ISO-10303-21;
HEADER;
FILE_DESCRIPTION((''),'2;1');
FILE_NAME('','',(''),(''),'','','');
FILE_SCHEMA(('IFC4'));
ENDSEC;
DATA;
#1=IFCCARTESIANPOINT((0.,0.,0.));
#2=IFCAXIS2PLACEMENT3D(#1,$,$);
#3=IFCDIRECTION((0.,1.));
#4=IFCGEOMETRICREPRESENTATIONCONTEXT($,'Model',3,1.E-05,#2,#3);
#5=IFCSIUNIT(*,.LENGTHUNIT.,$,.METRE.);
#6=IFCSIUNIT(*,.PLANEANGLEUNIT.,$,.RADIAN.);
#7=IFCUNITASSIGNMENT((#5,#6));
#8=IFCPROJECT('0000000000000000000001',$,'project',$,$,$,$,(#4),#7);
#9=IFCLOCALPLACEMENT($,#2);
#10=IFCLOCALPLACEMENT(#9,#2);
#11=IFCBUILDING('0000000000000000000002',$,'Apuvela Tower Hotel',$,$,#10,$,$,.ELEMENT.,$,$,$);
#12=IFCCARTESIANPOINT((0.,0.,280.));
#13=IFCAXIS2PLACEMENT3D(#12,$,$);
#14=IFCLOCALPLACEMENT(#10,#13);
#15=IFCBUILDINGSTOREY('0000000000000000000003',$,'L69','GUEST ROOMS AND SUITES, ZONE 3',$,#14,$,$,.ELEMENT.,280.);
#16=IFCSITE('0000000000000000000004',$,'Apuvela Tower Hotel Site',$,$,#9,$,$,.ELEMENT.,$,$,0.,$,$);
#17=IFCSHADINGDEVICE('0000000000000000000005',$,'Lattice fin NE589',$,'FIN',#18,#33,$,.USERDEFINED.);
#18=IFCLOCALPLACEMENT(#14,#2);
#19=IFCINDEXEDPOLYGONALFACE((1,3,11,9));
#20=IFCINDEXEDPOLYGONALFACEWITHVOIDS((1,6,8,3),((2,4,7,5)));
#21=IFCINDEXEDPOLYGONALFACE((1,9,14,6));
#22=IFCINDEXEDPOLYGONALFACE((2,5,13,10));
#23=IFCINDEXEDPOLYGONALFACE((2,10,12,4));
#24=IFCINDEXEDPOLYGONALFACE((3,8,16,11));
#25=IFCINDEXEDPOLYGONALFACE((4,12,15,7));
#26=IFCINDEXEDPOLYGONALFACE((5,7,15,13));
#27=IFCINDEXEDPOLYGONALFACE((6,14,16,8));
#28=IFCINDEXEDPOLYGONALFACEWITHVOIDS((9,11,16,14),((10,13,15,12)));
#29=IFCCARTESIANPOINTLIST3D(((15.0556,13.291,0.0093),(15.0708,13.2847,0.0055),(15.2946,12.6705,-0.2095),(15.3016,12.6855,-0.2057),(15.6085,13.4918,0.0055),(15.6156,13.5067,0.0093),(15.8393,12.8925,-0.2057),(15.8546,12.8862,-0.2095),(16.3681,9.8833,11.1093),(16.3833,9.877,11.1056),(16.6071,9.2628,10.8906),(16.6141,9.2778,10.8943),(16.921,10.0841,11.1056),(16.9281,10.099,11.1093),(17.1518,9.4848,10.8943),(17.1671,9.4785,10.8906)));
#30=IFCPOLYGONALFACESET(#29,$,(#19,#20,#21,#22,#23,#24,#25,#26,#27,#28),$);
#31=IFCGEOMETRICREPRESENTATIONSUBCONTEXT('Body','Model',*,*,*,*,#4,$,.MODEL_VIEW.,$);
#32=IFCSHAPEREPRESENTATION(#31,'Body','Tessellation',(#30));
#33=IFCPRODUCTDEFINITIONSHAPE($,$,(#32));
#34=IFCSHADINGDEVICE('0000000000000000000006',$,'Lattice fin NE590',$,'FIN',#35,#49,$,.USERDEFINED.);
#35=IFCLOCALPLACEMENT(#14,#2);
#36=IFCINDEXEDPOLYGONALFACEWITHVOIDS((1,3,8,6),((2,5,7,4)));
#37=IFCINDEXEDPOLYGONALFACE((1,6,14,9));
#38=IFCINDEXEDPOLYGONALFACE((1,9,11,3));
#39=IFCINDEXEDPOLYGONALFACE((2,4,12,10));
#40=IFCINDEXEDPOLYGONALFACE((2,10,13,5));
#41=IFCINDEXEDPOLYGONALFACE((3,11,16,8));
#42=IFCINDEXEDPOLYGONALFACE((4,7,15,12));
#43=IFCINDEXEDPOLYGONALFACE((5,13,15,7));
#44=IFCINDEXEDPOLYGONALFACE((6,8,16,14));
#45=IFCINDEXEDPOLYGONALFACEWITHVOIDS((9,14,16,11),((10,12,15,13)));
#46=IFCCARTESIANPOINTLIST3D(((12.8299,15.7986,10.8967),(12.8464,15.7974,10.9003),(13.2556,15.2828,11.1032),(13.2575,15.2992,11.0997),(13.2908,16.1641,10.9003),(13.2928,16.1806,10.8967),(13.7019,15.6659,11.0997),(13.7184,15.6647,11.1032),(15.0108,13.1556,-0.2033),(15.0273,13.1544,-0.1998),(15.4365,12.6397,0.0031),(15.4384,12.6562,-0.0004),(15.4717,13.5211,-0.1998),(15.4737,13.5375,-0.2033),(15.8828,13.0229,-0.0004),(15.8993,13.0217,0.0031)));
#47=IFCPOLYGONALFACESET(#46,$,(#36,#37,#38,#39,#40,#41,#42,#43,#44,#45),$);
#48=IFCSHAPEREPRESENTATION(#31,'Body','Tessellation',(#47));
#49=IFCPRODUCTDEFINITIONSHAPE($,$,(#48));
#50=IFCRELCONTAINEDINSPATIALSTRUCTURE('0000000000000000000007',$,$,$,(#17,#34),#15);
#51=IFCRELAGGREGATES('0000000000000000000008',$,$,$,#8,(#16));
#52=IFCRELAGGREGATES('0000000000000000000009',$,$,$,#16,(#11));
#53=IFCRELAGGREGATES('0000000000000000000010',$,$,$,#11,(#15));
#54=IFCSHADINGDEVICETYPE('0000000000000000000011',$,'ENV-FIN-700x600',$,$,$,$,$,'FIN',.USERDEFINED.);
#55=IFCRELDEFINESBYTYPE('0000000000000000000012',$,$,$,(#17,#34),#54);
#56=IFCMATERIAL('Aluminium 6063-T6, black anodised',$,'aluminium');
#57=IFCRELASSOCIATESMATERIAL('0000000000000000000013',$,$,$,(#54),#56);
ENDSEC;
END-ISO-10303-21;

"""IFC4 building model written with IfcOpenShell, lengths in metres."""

from ifc_helpers import new_model, si_unit, direction, frame, origin, origin_2d, place, context, subcontext, project, spatial, hollow_rectangle, extrude, material, material_profile, profile_set, type_object, element, save


model = new_model("IFC4")

# Units and contexts
model_context = context("Model", 3, precision=1e-05, world=origin(), true_north=direction((0.0, 1.0)))
body_context = subcontext(model_context, "Body", "Model", "MODEL_VIEW")
ifc_project = project(units=[si_unit("LENGTHUNIT", "METRE"), si_unit("PLANEANGLEUNIT", "RADIAN")], contexts=[model_context])

# Site, building, storey
site_placement = place(None, origin())
site = spatial("IfcSite", under=ifc_project, at=site_placement, Name="Apuvela Tower Hotel Site", CompositionType="ELEMENT", RefElevation=0.0)
building_placement = place(site_placement, origin())
building = spatial("IfcBuilding", under=site, at=building_placement, Name="Apuvela Tower Hotel", CompositionType="ELEMENT")
storey_placement = place(building_placement, frame((0.0, 0.0, 280.0)))
storey = spatial("IfcBuildingStorey", under=building, at=storey_placement, Name="L69", Description="GUEST ROOMS AND SUITES, ZONE 3", CompositionType="ELEMENT", Elevation=280.0)

# Shading devices
ifc_material_1 = material(Name="Aluminium 6063-T6, black anodised", Category="aluminium")
ifc_material_profile_1 = material_profile(ifc_material_1, hollow_rectangle(XDim=0.6001, YDim=0.7, WallThickness=0.012, at=origin_2d()), Name="AL BOX 700x600x12")
ifc_profile_set_1 = profile_set([ifc_material_profile_1], Name="Aluminium 6063-T6, black anodised")
shading_device_type = type_object("IfcShadingDeviceType", Name="ENV-FIN-700x600", ElementType="FIN", PredefinedType="USERDEFINED", material=ifc_profile_set_1)
shading_device_1_placement = place(storey_placement, frame((15.4551, 13.0886, -0.1001), z_axis=(0.11232, -0.291623, 0.949916), x_axis=(0.933177, 0.359418, 0.0)))
element("IfcShadingDevice", 1, at=shading_device_1_placement, inside=storey, type_object=shading_device_type, Name="Lattice fin NE589", ObjectType="FIN", PredefinedType="USERDEFINED", context=body_context, shape_type="SweptSolid", body=[
    extrude(hollow_rectangle(XDim=0.6001, YDim=0.7, WallThickness=0.012, at=origin_2d()), origin(), (0.0, 0.0, 1.0), 11.6853),
])
shading_device_2_placement = place(storey_placement, frame((15.4551, 13.0886, -0.1001), z_axis=(-0.187734, 0.227517, 0.955506), x_axis=(-0.771319, -0.636449, 0.0)))
element("IfcShadingDevice", 2, at=shading_device_2_placement, inside=storey, type_object=shading_device_type, Name="Lattice fin NE590", ObjectType="FIN", PredefinedType="USERDEFINED", context=body_context, shape_type="SweptSolid", body=[
    extrude(hollow_rectangle(XDim=0.6001, YDim=0.7, WallThickness=0.012, at=origin_2d()), origin(), (0.0, 0.0, 1.0), 11.6169),
])

save(model, "model.ifc")
